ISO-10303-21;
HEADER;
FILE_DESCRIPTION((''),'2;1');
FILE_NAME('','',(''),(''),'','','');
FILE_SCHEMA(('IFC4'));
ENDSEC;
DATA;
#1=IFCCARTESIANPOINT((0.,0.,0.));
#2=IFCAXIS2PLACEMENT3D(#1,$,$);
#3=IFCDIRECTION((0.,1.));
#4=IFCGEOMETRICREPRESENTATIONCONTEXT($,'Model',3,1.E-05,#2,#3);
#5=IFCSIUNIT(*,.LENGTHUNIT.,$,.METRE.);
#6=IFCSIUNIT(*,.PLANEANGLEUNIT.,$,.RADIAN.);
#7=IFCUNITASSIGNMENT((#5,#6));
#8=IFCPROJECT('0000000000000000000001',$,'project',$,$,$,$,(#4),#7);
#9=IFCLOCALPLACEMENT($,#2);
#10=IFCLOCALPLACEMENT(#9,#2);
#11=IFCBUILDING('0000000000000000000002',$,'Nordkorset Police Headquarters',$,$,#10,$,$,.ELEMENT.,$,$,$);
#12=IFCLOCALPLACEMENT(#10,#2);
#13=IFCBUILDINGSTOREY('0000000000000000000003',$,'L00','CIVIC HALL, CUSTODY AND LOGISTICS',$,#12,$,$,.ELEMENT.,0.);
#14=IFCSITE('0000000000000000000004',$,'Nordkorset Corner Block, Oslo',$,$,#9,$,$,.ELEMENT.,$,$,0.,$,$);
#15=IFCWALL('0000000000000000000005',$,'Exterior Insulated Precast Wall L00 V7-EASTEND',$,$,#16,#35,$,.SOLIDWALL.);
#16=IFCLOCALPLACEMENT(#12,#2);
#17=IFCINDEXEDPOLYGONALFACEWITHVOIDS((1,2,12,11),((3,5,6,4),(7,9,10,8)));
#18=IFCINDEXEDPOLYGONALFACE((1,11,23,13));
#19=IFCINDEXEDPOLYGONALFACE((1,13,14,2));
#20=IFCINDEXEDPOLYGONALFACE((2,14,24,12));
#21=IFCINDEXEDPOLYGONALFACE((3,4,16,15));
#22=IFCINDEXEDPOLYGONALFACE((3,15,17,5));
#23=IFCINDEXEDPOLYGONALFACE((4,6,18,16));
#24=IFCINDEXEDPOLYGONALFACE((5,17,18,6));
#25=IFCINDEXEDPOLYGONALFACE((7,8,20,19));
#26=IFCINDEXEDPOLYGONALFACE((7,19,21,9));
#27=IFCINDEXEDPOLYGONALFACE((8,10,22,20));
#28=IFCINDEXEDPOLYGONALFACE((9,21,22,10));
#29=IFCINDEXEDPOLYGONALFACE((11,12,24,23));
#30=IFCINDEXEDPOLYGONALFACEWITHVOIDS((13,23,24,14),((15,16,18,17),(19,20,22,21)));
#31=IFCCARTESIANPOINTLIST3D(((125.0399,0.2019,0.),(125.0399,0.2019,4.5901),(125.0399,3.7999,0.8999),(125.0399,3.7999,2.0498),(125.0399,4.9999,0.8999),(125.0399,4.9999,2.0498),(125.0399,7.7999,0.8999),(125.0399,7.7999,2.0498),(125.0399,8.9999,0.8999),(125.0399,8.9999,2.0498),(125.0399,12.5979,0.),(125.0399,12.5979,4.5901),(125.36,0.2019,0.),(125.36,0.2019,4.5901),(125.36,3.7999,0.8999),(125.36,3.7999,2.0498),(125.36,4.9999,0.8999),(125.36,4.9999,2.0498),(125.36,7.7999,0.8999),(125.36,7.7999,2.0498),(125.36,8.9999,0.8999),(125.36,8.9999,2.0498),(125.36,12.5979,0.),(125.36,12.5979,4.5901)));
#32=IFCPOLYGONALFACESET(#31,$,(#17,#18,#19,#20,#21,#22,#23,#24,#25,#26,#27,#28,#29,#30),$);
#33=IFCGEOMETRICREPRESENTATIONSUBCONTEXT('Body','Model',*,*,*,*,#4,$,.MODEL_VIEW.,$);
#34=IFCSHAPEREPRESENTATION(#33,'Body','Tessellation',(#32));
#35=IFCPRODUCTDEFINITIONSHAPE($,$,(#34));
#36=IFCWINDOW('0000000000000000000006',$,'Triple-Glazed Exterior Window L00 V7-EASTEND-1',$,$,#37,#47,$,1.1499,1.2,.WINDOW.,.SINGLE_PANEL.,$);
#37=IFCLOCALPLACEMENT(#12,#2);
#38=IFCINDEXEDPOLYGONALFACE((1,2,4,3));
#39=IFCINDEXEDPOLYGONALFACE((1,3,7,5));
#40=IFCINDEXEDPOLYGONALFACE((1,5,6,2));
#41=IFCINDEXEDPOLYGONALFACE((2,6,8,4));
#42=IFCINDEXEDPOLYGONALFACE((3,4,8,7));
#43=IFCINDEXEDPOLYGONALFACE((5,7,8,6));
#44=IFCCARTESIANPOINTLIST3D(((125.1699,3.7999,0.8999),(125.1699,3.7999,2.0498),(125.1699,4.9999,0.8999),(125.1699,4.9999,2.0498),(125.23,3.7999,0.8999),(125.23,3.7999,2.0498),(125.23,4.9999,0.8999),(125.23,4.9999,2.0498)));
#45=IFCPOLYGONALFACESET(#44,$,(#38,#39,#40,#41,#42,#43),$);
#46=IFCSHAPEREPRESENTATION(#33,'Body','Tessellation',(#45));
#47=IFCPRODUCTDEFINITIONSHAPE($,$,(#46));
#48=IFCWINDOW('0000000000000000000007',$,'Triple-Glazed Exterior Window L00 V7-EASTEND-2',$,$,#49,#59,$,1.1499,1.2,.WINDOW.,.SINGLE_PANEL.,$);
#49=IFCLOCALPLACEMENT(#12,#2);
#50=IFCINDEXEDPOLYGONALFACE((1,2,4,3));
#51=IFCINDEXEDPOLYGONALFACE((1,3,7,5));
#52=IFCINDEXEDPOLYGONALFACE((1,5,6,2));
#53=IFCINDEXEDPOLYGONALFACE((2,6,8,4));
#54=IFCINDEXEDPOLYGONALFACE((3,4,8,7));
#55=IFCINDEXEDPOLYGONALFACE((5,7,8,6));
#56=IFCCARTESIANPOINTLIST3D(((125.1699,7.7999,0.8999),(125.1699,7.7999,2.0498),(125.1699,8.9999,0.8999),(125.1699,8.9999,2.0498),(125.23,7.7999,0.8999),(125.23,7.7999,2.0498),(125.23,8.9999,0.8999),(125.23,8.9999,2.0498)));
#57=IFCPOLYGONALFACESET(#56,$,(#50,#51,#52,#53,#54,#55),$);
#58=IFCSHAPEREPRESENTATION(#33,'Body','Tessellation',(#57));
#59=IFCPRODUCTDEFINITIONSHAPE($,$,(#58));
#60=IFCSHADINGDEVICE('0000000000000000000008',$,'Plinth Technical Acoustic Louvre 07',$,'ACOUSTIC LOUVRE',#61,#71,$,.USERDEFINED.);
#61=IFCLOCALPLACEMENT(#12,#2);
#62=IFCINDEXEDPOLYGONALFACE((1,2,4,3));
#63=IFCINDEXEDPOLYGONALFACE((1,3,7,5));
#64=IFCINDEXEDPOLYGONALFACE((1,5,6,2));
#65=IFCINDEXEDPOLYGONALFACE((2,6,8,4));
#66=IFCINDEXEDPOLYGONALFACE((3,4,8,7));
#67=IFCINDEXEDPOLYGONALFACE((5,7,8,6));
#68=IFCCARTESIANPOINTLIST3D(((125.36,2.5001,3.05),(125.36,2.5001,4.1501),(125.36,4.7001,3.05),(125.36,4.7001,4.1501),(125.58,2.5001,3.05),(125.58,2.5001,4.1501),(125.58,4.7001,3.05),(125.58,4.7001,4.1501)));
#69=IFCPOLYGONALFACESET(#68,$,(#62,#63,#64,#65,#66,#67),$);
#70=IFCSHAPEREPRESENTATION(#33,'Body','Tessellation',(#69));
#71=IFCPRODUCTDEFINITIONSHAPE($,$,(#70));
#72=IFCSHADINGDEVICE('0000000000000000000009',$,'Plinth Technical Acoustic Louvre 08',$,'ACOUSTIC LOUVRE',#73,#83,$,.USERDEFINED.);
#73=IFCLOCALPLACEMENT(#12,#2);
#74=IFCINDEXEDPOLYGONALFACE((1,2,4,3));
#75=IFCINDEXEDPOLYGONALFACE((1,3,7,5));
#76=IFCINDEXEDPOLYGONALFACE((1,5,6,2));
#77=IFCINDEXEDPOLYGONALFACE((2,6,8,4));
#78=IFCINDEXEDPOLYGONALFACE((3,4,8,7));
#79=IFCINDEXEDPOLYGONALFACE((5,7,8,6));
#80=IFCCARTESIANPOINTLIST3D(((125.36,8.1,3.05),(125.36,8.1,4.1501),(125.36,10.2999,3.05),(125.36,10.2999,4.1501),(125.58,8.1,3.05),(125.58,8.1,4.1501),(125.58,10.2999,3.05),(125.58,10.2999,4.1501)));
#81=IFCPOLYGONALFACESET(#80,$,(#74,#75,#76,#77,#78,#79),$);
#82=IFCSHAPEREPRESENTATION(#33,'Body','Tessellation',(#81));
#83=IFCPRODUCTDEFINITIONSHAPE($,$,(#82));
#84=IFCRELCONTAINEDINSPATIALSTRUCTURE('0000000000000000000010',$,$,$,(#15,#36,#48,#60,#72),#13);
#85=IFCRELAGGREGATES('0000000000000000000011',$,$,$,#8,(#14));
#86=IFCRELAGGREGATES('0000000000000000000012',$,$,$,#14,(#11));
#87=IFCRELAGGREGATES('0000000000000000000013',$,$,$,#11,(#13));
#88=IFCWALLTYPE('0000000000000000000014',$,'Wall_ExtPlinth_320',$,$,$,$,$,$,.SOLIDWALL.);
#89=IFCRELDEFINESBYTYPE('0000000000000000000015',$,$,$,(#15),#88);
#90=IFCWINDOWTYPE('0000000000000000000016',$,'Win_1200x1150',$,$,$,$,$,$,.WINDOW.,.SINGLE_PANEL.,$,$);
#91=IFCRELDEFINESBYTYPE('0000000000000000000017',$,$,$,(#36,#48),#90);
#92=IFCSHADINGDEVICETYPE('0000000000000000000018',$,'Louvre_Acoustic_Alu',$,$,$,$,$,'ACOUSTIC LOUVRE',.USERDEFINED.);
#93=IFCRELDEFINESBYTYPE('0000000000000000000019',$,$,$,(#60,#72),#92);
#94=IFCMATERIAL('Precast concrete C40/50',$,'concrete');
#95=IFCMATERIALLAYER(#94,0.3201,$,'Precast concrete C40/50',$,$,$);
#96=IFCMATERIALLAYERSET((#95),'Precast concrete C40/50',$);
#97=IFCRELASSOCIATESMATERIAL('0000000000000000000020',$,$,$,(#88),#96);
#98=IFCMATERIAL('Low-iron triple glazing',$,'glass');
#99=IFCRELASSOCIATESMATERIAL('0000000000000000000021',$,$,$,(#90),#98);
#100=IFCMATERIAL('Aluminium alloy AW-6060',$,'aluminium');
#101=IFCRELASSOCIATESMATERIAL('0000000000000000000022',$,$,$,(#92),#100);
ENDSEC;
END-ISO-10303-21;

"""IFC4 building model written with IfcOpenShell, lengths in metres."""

from ifc_helpers import new_model, si_unit, direction, frame, frame_2d, origin, origin_2d, place, context, subcontext, project, spatial, rectangle, extrude, material, layer, layer_set, type_object, element, fill, save


model = new_model("IFC4")

# Units and contexts
model_context = context("Model", 3, precision=1e-05, world=origin(), true_north=direction((0.0, 1.0)))
body_context = subcontext(model_context, "Body", "Model", "MODEL_VIEW")
ifc_project = project(units=[si_unit("LENGTHUNIT", "METRE"), si_unit("PLANEANGLEUNIT", "RADIAN")], contexts=[model_context])

# Site, building, storey
site_placement = place(None, origin())
site = spatial("IfcSite", under=ifc_project, at=site_placement, Name="Nordkorset Corner Block, Oslo", CompositionType="ELEMENT", RefElevation=0.0)
building_placement = place(site_placement, origin())
building = spatial("IfcBuilding", under=site, at=building_placement, Name="Nordkorset Police Headquarters", CompositionType="ELEMENT")
storey_placement = place(building_placement, origin())
storey = spatial("IfcBuildingStorey", under=building, at=storey_placement, Name="L00", Description="CIVIC HALL, CUSTODY AND LOGISTICS", CompositionType="ELEMENT", Elevation=0.0)

# Wall, openings, windows
ifc_material_1 = material(Name="Precast concrete C40/50", Category="concrete")
ifc_layer_1 = layer(ifc_material_1, 0.3201, Name="Precast concrete C40/50")
ifc_layer_set_1 = layer_set([ifc_layer_1], Name="Precast concrete C40/50")
wall_type_1 = type_object("IfcWallType", Name="Wall_ExtPlinth_320", PredefinedType="SOLIDWALL", material=ifc_layer_set_1)
wall_1_placement = place(storey_placement, frame((125.2, 0.2019, 0.0), z_axis=(0.0, 0.0, 1.0), x_axis=(0.0, 1.0, 0.0)))
wall_1 = element("IfcWall", 1, at=wall_1_placement, inside=storey, type_object=wall_type_1, Name="Exterior Insulated Precast Wall L00 V7-EASTEND", PredefinedType="SOLIDWALL", context=body_context, shape_type="SweptSolid", body=[
    extrude(rectangle(XDim=12.396, YDim=0.3201, at=frame_2d((6.198, 0.0))), origin(), (0.0, 0.0, 1.0), 4.5901),
])
opening_1_placement = place(wall_1_placement, frame((3.5979, 0.0, 0.8999)))
opening_1 = element("IfcOpeningElement", 2, at=opening_1_placement, cuts=wall_1, PredefinedType="OPENING", context=body_context, shape_type="SweptSolid", body=[
    extrude(rectangle(XDim=1.2, YDim=1.1499, at=frame_2d((0.6001, 0.575))), frame((0.0, 0.1699, 0.0), z_axis=(0.0, -1.0, 0.0), x_axis=(1.0, 0.0, 0.0)), (0.0, 0.0, 1.0), 0.3401),
])
opening_2_placement = place(wall_1_placement, frame((7.5979, 0.0, 0.8999)))
opening_2 = element("IfcOpeningElement", 3, at=opening_2_placement, cuts=wall_1, PredefinedType="OPENING", context=body_context, shape_type="SweptSolid", body=[
    extrude(rectangle(XDim=1.2, YDim=1.1499, at=frame_2d((0.6001, 0.575))), frame((0.0, 0.1699, 0.0), z_axis=(0.0, -1.0, 0.0), x_axis=(1.0, 0.0, 0.0)), (0.0, 0.0, 1.0), 0.3401),
])
ifc_material_2 = material(Name="Low-iron triple glazing", Category="glass")
window_type_1 = type_object("IfcWindowType", Name="Win_1200x1150", PartitioningType="SINGLE_PANEL", PredefinedType="WINDOW", material=ifc_material_2)
window_1_placement = place(opening_1_placement, origin())
window_1 = element("IfcWindow", 4, at=window_1_placement, inside=storey, type_object=window_type_1, Name="Triple-Glazed Exterior Window L00 V7-EASTEND-1", OverallHeight=1.1499, OverallWidth=1.2, PartitioningType="SINGLE_PANEL", PredefinedType="WINDOW", context=body_context, shape_type="SweptSolid", body=[
    extrude(rectangle(XDim=1.2, YDim=1.1499, at=frame_2d((0.6001, 0.575))), frame((0.0, 0.03, 0.0), z_axis=(0.0, -1.0, 0.0), x_axis=(1.0, 0.0, 0.0)), (0.0, 0.0, 1.0), 0.0601),
])
fill(opening_1, window_1)
window_2_placement = place(opening_2_placement, origin())
window_2 = element("IfcWindow", 5, at=window_2_placement, inside=storey, type_object=window_type_1, Name="Triple-Glazed Exterior Window L00 V7-EASTEND-2", OverallHeight=1.1499, OverallWidth=1.2, PartitioningType="SINGLE_PANEL", PredefinedType="WINDOW", context=body_context, shape_type="SweptSolid", body=[
    extrude(rectangle(XDim=1.2, YDim=1.1499, at=frame_2d((0.6001, 0.575))), frame((0.0, 0.03, 0.0), z_axis=(0.0, -1.0, 0.0), x_axis=(1.0, 0.0, 0.0)), (0.0, 0.0, 1.0), 0.0601),
])
fill(opening_2, window_2)

# Shading devices
ifc_material_3 = material(Name="Aluminium alloy AW-6060", Category="aluminium")
shading_device_type = type_object("IfcShadingDeviceType", Name="Louvre_Acoustic_Alu", ElementType="ACOUSTIC LOUVRE", PredefinedType="USERDEFINED", material=ifc_material_3)
for number, where, z_axis, x_axis, name in (
    (6, (125.47, 3.6001, 3.05), (0.0, 0.0, 1.0), (1.0, 0.0, 0.0), "Plinth Technical Acoustic Louvre 07"),
    (7, (125.47, 9.2, 3.05), (0.0, 0.0, 1.0), (1.0, 0.0, 0.0), "Plinth Technical Acoustic Louvre 08"),
):
    element("IfcShadingDevice", number, at=place(storey_placement, frame(where, z_axis=z_axis, x_axis=x_axis)), inside=storey, type_object=shading_device_type, Name=name, ObjectType="ACOUSTIC LOUVRE", PredefinedType="USERDEFINED", context=body_context, shape_type="SweptSolid", body=[
        extrude(rectangle(XDim=0.22, YDim=2.2, at=origin_2d()), origin(), (0.0, 0.0, 1.0), 1.1001),
    ])

save(model, "model.ifc")
